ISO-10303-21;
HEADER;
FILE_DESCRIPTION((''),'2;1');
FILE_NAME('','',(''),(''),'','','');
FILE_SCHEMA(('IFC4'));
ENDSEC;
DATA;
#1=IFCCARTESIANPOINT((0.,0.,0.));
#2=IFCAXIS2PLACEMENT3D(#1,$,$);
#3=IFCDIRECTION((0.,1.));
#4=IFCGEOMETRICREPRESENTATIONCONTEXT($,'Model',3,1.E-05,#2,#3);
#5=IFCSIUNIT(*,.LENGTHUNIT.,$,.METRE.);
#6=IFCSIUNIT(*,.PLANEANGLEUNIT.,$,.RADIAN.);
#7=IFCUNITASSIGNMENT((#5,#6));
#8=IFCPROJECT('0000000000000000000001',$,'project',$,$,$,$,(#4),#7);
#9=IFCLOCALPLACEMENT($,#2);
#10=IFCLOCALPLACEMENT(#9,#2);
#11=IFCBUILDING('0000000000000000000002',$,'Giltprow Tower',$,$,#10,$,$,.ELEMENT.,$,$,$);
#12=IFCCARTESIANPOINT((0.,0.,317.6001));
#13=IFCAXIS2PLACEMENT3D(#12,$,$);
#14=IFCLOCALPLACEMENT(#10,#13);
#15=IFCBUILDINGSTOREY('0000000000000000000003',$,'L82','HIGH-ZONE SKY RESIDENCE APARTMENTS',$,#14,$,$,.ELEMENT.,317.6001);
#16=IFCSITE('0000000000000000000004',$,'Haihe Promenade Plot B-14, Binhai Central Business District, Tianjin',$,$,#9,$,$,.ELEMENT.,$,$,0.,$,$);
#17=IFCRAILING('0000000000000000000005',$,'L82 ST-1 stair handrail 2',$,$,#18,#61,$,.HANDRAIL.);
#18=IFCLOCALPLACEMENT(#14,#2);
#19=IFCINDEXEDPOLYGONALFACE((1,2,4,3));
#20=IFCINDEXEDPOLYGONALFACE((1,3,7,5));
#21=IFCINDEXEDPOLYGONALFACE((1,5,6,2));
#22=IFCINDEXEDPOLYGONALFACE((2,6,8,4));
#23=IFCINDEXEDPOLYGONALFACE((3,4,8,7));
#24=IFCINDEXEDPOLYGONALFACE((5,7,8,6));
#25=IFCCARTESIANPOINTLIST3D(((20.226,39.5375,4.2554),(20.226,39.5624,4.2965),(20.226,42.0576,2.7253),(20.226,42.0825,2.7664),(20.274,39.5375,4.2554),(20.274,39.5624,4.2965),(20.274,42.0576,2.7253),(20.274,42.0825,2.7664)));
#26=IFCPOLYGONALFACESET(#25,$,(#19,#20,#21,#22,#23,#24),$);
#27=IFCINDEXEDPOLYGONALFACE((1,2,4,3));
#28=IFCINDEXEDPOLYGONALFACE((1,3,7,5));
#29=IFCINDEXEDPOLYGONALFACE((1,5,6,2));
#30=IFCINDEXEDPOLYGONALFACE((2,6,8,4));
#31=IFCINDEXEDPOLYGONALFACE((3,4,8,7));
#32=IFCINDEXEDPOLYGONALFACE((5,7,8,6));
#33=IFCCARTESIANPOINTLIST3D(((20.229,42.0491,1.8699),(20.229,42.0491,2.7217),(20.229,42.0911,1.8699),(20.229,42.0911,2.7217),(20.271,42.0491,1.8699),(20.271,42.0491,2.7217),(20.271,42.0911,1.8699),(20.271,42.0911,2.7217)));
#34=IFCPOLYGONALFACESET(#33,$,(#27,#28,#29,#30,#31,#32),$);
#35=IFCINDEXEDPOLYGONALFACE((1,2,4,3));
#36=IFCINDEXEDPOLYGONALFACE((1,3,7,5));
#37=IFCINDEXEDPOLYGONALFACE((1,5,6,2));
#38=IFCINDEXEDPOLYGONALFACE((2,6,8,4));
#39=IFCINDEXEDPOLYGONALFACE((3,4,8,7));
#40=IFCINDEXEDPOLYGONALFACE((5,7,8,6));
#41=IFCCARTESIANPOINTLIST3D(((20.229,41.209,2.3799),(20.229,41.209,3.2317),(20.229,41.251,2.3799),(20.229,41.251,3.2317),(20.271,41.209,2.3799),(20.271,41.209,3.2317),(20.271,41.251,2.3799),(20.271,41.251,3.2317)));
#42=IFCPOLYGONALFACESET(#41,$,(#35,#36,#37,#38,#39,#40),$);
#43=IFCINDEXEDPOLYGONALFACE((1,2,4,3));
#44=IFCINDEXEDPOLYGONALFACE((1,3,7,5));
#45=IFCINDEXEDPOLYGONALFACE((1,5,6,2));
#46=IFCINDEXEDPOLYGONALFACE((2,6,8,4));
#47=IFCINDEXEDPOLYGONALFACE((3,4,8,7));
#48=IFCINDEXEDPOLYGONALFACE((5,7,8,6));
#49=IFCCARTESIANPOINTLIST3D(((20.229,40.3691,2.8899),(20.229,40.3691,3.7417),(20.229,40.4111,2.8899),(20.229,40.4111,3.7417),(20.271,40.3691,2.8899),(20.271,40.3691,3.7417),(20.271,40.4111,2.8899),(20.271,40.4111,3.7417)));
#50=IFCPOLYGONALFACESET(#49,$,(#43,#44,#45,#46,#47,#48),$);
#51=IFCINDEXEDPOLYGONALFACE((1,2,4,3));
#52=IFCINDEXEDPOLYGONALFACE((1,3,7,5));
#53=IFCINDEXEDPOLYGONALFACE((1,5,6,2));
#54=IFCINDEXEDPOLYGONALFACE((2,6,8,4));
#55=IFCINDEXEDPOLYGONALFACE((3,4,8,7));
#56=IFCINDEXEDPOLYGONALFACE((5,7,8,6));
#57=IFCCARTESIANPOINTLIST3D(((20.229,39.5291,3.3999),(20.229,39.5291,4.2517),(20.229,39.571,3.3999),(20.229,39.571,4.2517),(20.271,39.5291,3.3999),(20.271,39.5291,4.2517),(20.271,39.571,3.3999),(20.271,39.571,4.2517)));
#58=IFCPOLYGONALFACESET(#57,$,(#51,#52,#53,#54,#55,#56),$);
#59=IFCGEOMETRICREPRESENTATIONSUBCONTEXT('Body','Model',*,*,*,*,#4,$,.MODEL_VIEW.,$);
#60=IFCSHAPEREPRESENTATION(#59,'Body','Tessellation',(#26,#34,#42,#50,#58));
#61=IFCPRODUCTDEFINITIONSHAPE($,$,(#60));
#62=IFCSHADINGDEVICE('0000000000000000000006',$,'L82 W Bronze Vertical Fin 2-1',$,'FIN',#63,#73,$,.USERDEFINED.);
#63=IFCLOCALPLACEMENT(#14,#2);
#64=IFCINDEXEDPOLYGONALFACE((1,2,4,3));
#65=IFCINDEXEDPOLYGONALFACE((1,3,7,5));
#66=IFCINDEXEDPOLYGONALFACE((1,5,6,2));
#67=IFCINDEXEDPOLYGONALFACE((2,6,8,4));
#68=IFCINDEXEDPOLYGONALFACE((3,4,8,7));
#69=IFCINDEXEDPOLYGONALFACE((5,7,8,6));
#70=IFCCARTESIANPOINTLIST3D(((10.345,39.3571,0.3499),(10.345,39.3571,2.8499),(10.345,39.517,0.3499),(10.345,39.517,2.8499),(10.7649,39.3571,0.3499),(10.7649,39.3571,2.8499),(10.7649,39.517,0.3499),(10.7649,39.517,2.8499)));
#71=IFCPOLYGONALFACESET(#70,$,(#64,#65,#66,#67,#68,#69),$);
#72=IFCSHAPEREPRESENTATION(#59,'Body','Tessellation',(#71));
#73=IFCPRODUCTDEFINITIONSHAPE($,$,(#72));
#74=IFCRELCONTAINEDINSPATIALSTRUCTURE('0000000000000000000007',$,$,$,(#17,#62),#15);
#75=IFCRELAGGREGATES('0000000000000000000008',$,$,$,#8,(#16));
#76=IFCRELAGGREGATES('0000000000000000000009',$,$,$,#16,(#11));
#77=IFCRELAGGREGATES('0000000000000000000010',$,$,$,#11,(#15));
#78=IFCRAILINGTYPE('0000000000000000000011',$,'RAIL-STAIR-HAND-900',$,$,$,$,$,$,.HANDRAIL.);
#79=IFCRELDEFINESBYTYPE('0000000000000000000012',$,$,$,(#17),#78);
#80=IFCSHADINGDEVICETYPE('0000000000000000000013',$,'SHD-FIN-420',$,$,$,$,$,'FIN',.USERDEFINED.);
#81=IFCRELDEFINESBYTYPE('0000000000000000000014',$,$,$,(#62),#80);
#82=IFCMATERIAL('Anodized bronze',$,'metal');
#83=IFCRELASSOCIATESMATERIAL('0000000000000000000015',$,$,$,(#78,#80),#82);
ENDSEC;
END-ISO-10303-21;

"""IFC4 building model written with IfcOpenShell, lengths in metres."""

from ifc_helpers import new_model, si_unit, direction, frame, origin, origin_2d, place, context, subcontext, project, spatial, rectangle, extrude, source, transform, mapped, material, type_object, element, save


model = new_model("IFC4")

# Units and contexts
model_context = context("Model", 3, precision=1e-05, world=origin(), true_north=direction((0.0, 1.0)))
body_context = subcontext(model_context, "Body", "Model", "MODEL_VIEW")
ifc_project = project(units=[si_unit("LENGTHUNIT", "METRE"), si_unit("PLANEANGLEUNIT", "RADIAN")], contexts=[model_context])

# Site, building, storey
site_placement = place(None, origin())
site = spatial("IfcSite", under=ifc_project, at=site_placement, Name="Haihe Promenade Plot B-14, Binhai Central Business District, Tianjin", CompositionType="ELEMENT", RefElevation=0.0)
building_placement = place(site_placement, origin())
building = spatial("IfcBuilding", under=site, at=building_placement, Name="Giltprow Tower", CompositionType="ELEMENT")
storey_placement = place(building_placement, frame((0.0, 0.0, 317.6001)))
storey = spatial("IfcBuildingStorey", under=building, at=storey_placement, Name="L82", Description="HIGH-ZONE SKY RESIDENCE APARTMENTS", CompositionType="ELEMENT", Elevation=317.6001)

# Railing
ifc_material_1 = material(Name="Anodized bronze", Category="metal")
railing_type = type_object("IfcRailingType", Name="RAIL-STAIR-HAND-900", PredefinedType="HANDRAIL", material=ifc_material_1)
railing_placement = place(storey_placement, frame((20.25, 42.0701, 1.8699)))
element("IfcRailing", 1, at=railing_placement, inside=storey, type_object=railing_type, Name="L82 ST-1 stair handrail 2", PredefinedType="HANDRAIL", context=body_context, shape_type="SweptSolid", body=[
    extrude(rectangle(XDim=0.0481, YDim=0.0481, at=origin_2d()), frame((0.0, 0.0, 0.876), z_axis=(0.0, -0.854785, 0.518982), x_axis=(1.0, 0.0, 0.0)), (0.0, 0.0, 1.0), 2.9482),
    extrude(rectangle(XDim=0.042, YDim=0.042, at=origin_2d()), origin(), (0.0, 0.0, 1.0), 0.8518),
    extrude(rectangle(XDim=0.042, YDim=0.042, at=origin_2d()), frame((0.0, -0.8401, 0.51)), (0.0, 0.0, 1.0), 0.8518),
    extrude(rectangle(XDim=0.042, YDim=0.042, at=origin_2d()), frame((0.0, -1.6799, 1.02)), (0.0, 0.0, 1.0), 0.8518),
    extrude(rectangle(XDim=0.042, YDim=0.042, at=origin_2d()), frame((0.0, -2.52, 1.53)), (0.0, 0.0, 1.0), 0.8518),
])

# Shading device
shading_device_type = type_object("IfcShadingDeviceType", Name="SHD-FIN-420", ElementType="FIN", PredefinedType="USERDEFINED", material=ifc_material_1)
shared_shape_1 = source(origin(), body_context, "Body", "SweptSolid", [
    extrude(rectangle(XDim=0.4199, YDim=0.1599, at=origin_2d()), origin(), (0.0, 0.0, 1.0), 2.5),
])
shading_device_placement = place(storey_placement, frame((10.5549, 39.437, 0.3499), z_axis=(0.0, 0.0, 1.0), x_axis=(1.0, 0.0, 0.0)))
element("IfcShadingDevice", 2, at=shading_device_placement, inside=storey, type_object=shading_device_type, Name="L82 W Bronze Vertical Fin 2-1", ObjectType="FIN", PredefinedType="USERDEFINED", context=body_context, shape_type="MappedRepresentation", body=[
    mapped(shared_shape_1, transform((0.0, 0.0, 0.0), x_axis=(1.0, 0.0, 0.0), y_axis=(0.0, 1.0, 0.0), z_axis=(0.0, 0.0, 1.0), scale=1.0)),
])

save(model, "model.ifc")
